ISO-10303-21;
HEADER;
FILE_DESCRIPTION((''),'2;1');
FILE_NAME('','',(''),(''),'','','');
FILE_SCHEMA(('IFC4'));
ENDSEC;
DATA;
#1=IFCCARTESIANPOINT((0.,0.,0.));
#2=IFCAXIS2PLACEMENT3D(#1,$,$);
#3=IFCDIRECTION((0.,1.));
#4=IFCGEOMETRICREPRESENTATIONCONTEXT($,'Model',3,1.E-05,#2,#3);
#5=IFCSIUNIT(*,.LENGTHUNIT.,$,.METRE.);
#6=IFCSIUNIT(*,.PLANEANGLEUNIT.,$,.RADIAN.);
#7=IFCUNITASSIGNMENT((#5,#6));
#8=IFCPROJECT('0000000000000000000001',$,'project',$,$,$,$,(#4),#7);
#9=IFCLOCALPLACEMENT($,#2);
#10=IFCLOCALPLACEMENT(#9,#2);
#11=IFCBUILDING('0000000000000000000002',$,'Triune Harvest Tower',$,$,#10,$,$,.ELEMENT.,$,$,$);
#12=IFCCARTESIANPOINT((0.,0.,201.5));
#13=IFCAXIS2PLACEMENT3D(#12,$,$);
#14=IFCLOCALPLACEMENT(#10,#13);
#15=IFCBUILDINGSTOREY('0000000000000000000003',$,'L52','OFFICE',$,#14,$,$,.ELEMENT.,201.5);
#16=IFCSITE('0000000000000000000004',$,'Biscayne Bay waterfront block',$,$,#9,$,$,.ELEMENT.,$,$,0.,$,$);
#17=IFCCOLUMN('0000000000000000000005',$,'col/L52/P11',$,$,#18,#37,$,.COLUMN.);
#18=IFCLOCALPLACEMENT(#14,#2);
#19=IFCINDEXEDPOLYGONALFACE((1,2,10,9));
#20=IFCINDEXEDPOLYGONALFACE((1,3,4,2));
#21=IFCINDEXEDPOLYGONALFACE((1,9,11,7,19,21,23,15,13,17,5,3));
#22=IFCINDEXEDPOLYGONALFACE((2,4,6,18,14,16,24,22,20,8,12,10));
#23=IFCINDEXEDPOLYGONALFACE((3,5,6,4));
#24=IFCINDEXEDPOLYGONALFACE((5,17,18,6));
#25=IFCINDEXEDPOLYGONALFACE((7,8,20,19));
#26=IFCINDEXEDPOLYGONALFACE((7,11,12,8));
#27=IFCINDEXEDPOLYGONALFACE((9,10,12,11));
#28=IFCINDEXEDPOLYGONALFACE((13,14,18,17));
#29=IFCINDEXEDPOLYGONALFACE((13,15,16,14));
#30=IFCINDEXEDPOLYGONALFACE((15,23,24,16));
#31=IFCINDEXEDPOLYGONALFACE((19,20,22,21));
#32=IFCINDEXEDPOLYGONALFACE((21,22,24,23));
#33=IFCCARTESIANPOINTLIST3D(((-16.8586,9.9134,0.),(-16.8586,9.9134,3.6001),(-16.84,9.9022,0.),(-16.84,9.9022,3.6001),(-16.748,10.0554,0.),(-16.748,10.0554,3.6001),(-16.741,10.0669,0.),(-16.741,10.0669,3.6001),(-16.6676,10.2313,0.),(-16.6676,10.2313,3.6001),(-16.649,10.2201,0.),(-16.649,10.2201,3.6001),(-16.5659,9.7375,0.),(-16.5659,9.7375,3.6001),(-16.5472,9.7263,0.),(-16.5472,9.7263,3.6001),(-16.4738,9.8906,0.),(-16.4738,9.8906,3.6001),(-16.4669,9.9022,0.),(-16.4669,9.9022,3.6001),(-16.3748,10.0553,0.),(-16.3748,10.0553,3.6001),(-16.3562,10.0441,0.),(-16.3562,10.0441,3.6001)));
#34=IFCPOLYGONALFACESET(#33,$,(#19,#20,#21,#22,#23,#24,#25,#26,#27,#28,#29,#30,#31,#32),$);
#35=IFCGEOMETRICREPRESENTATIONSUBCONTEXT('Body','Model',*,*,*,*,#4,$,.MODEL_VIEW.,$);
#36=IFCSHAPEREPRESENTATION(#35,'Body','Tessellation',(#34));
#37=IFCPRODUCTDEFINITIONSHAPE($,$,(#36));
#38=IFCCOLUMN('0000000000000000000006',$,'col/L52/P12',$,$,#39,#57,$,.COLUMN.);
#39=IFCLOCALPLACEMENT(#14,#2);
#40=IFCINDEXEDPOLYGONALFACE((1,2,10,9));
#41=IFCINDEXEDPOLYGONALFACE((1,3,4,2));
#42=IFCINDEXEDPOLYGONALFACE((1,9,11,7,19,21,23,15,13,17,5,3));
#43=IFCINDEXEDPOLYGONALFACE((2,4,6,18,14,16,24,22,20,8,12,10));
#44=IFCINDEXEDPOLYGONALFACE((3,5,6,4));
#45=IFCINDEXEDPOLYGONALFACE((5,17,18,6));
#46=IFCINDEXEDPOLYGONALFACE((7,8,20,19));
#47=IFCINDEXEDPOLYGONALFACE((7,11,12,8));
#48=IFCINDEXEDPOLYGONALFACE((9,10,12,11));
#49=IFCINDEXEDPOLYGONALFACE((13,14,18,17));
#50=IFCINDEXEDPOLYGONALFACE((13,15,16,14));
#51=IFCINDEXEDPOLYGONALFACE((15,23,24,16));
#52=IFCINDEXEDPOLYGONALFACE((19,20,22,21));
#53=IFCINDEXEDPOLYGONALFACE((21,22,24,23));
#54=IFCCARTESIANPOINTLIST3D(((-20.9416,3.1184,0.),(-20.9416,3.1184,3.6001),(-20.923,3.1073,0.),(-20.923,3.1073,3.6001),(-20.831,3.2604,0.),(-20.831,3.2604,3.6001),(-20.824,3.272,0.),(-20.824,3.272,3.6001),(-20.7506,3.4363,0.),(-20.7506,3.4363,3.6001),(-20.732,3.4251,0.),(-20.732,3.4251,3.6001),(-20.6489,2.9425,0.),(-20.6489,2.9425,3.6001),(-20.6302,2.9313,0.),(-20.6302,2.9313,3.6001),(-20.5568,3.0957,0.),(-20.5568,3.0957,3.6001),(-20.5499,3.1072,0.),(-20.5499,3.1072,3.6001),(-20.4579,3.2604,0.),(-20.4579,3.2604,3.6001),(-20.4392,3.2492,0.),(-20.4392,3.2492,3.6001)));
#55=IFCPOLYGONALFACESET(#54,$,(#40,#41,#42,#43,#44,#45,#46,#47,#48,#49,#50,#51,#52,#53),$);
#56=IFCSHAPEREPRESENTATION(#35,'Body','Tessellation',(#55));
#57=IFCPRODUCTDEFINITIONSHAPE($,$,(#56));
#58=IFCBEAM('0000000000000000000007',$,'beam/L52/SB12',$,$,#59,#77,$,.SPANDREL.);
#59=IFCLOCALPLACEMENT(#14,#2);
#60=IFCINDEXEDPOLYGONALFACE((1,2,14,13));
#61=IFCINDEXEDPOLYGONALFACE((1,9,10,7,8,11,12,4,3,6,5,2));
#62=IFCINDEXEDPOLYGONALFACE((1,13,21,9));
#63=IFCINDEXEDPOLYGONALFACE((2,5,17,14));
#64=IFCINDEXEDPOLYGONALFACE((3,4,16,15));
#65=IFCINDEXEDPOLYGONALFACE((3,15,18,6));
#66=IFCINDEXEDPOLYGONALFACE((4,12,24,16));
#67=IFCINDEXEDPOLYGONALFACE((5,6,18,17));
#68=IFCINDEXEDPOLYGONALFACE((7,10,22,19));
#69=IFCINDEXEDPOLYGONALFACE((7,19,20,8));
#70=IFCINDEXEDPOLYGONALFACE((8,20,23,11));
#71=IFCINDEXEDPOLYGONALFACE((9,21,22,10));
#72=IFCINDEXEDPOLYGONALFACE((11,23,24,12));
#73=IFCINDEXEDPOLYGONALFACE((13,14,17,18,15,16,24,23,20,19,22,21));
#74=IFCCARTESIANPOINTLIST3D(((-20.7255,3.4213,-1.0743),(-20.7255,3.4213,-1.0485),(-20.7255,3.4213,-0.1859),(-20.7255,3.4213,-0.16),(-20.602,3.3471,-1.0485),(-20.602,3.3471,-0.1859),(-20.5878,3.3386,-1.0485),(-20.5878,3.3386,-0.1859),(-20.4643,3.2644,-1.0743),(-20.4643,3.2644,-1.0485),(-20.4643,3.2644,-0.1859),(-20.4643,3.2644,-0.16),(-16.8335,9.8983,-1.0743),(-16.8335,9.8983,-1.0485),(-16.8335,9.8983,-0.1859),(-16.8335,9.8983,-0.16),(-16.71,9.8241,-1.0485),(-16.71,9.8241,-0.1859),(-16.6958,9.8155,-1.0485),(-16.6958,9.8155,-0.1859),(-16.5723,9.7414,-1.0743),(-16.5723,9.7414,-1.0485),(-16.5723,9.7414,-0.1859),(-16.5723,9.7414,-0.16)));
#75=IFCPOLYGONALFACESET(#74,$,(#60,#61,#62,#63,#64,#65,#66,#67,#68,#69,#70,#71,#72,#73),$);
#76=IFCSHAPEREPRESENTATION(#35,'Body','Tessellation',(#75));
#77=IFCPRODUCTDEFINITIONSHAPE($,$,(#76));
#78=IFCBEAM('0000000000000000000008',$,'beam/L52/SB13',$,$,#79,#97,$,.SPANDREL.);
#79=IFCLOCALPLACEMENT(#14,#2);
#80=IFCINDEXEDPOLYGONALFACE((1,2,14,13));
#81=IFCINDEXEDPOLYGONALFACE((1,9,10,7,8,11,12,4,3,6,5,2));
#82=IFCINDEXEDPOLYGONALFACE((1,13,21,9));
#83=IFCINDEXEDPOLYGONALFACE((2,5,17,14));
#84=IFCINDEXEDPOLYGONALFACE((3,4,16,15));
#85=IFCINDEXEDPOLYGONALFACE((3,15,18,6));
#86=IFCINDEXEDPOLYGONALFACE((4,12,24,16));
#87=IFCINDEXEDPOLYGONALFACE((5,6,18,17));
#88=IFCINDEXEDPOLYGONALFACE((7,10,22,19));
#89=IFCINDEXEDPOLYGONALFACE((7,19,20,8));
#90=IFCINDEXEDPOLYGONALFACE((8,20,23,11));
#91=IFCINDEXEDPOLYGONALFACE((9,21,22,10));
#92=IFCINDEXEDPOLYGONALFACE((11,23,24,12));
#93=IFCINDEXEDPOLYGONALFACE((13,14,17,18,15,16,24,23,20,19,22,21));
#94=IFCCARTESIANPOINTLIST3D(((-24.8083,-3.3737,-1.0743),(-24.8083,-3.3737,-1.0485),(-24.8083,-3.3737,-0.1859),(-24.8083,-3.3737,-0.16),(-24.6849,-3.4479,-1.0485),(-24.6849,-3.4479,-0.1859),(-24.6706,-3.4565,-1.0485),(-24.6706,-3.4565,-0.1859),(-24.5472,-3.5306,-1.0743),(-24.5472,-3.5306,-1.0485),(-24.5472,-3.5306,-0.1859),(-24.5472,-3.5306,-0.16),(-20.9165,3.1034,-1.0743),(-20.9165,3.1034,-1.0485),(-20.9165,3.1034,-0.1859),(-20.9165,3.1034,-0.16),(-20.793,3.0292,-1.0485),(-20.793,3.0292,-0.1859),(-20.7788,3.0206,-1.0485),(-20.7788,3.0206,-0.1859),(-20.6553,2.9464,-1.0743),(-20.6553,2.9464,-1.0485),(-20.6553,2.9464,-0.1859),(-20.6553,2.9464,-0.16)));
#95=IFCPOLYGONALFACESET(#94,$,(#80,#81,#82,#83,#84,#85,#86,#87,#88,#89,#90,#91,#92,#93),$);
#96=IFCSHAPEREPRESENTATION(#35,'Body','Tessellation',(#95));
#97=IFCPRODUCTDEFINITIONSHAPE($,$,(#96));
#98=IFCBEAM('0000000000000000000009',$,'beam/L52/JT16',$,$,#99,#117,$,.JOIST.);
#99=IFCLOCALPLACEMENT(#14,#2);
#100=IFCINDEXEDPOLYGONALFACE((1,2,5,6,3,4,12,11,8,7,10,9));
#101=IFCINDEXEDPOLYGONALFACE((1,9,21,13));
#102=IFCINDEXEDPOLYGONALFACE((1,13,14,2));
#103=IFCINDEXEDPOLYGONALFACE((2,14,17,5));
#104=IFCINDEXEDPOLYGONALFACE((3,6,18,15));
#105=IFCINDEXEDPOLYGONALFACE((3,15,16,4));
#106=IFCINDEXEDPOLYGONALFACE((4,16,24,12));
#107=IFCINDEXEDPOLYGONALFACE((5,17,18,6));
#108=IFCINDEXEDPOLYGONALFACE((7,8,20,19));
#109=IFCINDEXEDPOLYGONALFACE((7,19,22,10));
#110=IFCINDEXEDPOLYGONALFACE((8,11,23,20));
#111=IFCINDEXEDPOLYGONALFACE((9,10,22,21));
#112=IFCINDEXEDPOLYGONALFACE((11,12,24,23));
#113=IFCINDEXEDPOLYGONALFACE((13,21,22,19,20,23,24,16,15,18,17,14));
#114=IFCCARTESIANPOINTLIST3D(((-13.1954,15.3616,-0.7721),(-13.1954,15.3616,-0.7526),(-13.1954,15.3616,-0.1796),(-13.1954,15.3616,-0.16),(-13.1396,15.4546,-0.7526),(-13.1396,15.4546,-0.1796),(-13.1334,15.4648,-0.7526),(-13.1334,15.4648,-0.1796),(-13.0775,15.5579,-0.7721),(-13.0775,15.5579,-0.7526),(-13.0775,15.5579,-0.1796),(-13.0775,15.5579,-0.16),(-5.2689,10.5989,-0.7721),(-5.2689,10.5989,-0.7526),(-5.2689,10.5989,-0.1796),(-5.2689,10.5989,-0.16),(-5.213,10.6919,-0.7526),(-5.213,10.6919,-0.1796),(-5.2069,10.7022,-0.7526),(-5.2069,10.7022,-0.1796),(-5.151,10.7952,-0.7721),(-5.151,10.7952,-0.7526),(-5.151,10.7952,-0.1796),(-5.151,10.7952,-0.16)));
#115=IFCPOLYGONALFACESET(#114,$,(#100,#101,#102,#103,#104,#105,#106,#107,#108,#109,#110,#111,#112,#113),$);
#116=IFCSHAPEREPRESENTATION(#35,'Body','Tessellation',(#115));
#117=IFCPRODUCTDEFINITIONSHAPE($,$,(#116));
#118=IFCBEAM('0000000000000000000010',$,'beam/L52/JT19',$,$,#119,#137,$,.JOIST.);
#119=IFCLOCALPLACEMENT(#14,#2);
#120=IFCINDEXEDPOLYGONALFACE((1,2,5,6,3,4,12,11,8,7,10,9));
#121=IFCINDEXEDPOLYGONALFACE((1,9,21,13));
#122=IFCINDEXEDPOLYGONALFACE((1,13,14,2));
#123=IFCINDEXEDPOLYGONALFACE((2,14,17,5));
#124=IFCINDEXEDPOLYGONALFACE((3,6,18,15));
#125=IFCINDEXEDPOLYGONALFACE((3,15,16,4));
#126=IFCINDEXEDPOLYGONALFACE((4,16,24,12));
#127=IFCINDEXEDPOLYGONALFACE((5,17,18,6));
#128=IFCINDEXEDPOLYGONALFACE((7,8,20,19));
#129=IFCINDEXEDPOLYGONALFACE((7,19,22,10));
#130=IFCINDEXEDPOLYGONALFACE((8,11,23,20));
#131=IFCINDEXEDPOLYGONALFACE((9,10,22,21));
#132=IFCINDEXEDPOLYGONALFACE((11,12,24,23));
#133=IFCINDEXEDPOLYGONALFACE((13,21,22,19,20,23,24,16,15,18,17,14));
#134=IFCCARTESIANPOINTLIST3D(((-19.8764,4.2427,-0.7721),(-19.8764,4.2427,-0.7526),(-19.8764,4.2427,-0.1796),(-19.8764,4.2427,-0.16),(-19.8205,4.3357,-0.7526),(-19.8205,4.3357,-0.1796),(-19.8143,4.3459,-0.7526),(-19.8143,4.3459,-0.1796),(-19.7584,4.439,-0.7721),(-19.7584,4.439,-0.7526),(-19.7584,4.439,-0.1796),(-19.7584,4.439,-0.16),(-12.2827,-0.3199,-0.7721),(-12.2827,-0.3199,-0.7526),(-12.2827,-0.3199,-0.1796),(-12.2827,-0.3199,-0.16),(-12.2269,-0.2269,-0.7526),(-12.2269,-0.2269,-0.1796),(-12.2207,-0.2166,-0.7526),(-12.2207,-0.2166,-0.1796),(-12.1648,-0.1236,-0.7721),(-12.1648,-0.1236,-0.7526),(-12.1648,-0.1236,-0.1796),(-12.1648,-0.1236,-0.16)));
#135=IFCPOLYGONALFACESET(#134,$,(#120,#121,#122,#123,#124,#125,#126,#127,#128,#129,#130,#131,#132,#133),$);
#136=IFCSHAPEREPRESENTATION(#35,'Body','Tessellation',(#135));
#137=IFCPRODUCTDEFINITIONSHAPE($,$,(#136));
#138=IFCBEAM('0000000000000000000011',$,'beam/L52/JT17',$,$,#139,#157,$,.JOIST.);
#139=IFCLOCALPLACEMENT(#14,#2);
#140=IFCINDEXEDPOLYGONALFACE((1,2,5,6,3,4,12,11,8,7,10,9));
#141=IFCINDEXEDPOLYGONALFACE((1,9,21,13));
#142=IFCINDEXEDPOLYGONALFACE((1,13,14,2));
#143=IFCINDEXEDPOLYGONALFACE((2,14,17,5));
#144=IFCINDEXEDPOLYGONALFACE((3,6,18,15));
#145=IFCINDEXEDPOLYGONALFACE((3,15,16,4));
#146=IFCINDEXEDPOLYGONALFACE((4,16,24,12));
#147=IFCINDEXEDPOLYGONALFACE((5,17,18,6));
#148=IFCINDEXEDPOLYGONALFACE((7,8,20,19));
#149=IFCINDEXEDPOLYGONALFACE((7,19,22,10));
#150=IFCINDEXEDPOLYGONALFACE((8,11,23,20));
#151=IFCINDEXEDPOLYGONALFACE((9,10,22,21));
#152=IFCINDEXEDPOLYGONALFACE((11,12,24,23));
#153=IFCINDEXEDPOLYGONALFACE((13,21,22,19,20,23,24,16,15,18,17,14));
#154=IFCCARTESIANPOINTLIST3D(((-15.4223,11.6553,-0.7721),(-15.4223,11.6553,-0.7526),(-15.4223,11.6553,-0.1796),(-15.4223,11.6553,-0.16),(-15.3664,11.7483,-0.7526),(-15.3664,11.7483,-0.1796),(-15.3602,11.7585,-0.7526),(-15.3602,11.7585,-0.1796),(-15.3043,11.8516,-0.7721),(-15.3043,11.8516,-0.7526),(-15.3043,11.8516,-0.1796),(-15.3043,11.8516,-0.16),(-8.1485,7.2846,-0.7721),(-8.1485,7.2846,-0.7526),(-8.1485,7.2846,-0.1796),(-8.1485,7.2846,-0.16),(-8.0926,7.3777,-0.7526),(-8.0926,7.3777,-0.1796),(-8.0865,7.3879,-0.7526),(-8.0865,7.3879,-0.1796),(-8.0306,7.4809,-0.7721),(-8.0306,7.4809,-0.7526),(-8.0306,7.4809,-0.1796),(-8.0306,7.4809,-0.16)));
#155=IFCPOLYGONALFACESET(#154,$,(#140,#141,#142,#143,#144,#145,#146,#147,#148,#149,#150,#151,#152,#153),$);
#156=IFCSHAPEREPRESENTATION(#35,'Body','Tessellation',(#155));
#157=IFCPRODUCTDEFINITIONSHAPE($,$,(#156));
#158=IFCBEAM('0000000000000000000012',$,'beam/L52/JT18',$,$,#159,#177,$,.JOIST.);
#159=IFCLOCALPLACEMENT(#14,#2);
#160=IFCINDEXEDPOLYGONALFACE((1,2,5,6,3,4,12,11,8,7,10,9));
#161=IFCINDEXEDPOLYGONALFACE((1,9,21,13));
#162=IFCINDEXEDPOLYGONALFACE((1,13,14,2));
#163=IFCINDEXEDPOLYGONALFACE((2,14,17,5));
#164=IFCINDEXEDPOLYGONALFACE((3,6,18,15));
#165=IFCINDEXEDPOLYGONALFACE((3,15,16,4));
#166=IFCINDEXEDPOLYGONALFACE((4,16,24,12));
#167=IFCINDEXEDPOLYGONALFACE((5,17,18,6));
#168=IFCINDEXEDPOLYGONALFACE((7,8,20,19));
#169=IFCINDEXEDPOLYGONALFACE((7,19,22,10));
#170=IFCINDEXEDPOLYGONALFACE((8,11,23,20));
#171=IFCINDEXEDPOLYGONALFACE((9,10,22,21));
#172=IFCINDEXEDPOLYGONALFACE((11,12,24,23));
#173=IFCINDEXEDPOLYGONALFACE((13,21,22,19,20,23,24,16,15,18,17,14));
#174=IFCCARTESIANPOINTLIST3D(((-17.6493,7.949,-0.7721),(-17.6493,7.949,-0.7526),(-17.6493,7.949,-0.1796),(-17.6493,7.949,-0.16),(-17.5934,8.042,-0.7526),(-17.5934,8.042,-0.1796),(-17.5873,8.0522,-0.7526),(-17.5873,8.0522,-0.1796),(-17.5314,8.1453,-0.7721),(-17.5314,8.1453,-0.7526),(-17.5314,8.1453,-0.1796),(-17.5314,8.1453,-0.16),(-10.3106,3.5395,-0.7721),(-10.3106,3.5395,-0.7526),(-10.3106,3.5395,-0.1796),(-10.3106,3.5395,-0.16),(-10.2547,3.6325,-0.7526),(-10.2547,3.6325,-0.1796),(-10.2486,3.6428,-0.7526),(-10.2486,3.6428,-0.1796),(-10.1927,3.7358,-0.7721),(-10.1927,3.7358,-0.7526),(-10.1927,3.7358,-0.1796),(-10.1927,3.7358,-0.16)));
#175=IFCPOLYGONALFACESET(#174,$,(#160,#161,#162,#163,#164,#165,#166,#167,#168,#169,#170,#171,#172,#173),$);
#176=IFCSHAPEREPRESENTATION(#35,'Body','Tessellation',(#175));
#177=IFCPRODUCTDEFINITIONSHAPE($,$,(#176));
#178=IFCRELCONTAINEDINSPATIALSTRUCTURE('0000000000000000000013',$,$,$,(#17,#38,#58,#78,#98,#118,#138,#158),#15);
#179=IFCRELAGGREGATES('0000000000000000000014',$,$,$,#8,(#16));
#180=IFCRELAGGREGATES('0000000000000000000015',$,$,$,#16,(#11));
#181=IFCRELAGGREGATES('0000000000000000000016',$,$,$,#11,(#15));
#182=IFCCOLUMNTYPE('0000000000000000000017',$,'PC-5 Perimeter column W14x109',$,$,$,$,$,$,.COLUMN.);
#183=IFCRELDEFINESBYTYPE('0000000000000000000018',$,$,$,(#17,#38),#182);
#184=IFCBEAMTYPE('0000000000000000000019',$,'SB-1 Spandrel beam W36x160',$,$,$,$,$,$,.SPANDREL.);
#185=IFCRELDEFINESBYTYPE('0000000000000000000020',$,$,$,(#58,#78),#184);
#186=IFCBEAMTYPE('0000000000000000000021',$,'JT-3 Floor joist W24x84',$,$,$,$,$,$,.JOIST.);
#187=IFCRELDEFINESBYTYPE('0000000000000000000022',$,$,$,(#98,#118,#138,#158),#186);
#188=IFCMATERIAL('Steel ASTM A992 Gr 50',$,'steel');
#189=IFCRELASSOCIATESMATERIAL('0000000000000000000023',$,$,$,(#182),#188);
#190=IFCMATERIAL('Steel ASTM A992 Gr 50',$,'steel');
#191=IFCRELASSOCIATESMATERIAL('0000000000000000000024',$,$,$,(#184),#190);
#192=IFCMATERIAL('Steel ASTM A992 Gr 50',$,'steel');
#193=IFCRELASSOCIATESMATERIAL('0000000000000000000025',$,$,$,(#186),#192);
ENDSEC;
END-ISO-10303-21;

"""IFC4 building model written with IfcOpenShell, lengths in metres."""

from ifc_helpers import new_model, si_unit, direction, frame, origin, origin_2d, place, context, subcontext, project, spatial, i_section, extrude, source, transform, mapped, material, material_profile, profile_set, type_object, element, save


model = new_model("IFC4")

# Units and contexts
model_context = context("Model", 3, precision=1e-05, world=origin(), true_north=direction((0.0, 1.0)))
body_context = subcontext(model_context, "Body", "Model", "MODEL_VIEW")
ifc_project = project(units=[si_unit("LENGTHUNIT", "METRE"), si_unit("PLANEANGLEUNIT", "RADIAN")], contexts=[model_context])

# Site, building, storey
site_placement = place(None, origin())
site = spatial("IfcSite", under=ifc_project, at=site_placement, Name="Biscayne Bay waterfront block", CompositionType="ELEMENT", RefElevation=0.0)
building_placement = place(site_placement, origin())
building = spatial("IfcBuilding", under=site, at=building_placement, Name="Triune Harvest Tower", CompositionType="ELEMENT")
storey_placement = place(building_placement, frame((0.0, 0.0, 201.5)))
storey = spatial("IfcBuildingStorey", under=building, at=storey_placement, Name="L52", Description="OFFICE", CompositionType="ELEMENT", Elevation=201.5)

# Columns
ifc_material_1 = material(Name="Steel ASTM A992 Gr 50", Category="steel")
ifc_material_profile_1 = material_profile(ifc_material_1, i_section(OverallWidth=0.3708, OverallDepth=0.3633, WebThickness=0.0134, FlangeThickness=0.0217, at=origin_2d()), Name="W14x109")
ifc_profile_set_1 = profile_set([ifc_material_profile_1], Name="Steel ASTM A992 Gr 50")
column_type = type_object("IfcColumnType", Name="PC-5 Perimeter column W14x109", PredefinedType="COLUMN", material=ifc_profile_set_1)
shared_shape_1 = source(origin(), body_context, "Body", "SweptSolid", [
    extrude(i_section(OverallWidth=0.3708, OverallDepth=0.3633, WebThickness=0.0134, FlangeThickness=0.0217, at=origin_2d()), origin(), (0.0, 0.0, 1.0), 3.6001),
])
for number, where, z_axis, x_axis, name in (
    (1, (-16.6074, 9.9788, 0.0), (0.0, 0.0, 1.0), (-0.515037, -0.857168, 0.0), "col/L52/P11"),
    (2, (-20.6904, 3.1838, 0.0), (0.0, 0.0, 1.0), (-0.515037, -0.857168, 0.0), "col/L52/P12"),
):
    element("IfcColumn", number, at=place(storey_placement, frame(where, z_axis=z_axis, x_axis=x_axis)), inside=storey, type_object=column_type, Name=name, PredefinedType="COLUMN", context=body_context, shape_type="MappedRepresentation", body=[
        mapped(shared_shape_1, transform((0.0, 0.0, 0.0), scale=1.0)),
    ])

# Beams
ifc_material_2 = material(Name="Steel ASTM A992 Gr 50", Category="steel")
ifc_material_profile_2 = material_profile(ifc_material_2, i_section(OverallWidth=0.3047, OverallDepth=0.9143, WebThickness=0.0166, FlangeThickness=0.0259, at=origin_2d()), Name="W36x160")
ifc_profile_set_2 = profile_set([ifc_material_profile_2], Name="Steel ASTM A992 Gr 50")
beam_type_1 = type_object("IfcBeamType", Name="SB-1 Spandrel beam W36x160", PredefinedType="SPANDREL", material=ifc_profile_set_2)
shared_shape_2 = source(origin(), body_context, "Body", "SweptSolid", [
    extrude(i_section(OverallWidth=0.3047, OverallDepth=0.9143, WebThickness=0.0166, FlangeThickness=0.0259, at=origin_2d()), origin(), (0.0, 0.0, 1.0), 7.5564),
])
for number, where, z_axis, x_axis, name in (
    (3, (-16.7029, 9.8198, -0.6172), (-0.515066, -0.857151, 0.0), (0.857151, -0.515066, 0.0), "beam/L52/SB12"),
    (4, (-20.7859, 3.0249, -0.6172), (-0.515042, -0.857165, 0.0), (0.857165, -0.515042, 0.0), "beam/L52/SB13"),
):
    element("IfcBeam", number, at=place(storey_placement, frame(where, z_axis=z_axis, x_axis=x_axis)), inside=storey, type_object=beam_type_1, Name=name, PredefinedType="SPANDREL", context=body_context, shape_type="MappedRepresentation", body=[
        mapped(shared_shape_2, transform((0.0, 0.0, 0.0), scale=1.0)),
    ])
ifc_material_3 = material(Name="Steel ASTM A992 Gr 50", Category="steel")
ifc_material_profile_3 = material_profile(ifc_material_3, i_section(OverallWidth=0.229, OverallDepth=0.6121, WebThickness=0.012, FlangeThickness=0.0195, at=origin_2d()), Name="W24x84")
ifc_profile_set_3 = profile_set([ifc_material_profile_3], Name="Steel ASTM A992 Gr 50")
beam_type_2 = type_object("IfcBeamType", Name="JT-3 Floor joist W24x84", PredefinedType="JOIST", material=ifc_profile_set_3)
shared_shape_3 = source(origin(), body_context, "Body", "SweptSolid", [
    extrude(i_section(OverallWidth=0.229, OverallDepth=0.6121, WebThickness=0.012, FlangeThickness=0.0195, at=origin_2d()), origin(), (0.0, 0.0, 1.0), 9.2473),
])
beam_1_placement = place(storey_placement, frame((-13.1365, 15.4597, -0.4661), z_axis=(0.857169, -0.515035, 0.0), x_axis=(0.515035, 0.857169, 0.0)))
element("IfcBeam", 5, at=beam_1_placement, inside=storey, type_object=beam_type_2, Name="beam/L52/JT16", PredefinedType="JOIST", context=body_context, shape_type="MappedRepresentation", body=[
    mapped(shared_shape_3, transform((0.0, 0.0, 0.0), scale=1.0)),
])
shared_shape_4 = source(origin(), body_context, "Body", "SweptSolid", [
    extrude(i_section(OverallWidth=0.229, OverallDepth=0.6121, WebThickness=0.012, FlangeThickness=0.0195, at=origin_2d()), origin(), (0.0, 0.0, 1.0), 8.8589),
])
beam_2_placement = place(storey_placement, frame((-19.8174, 4.3408, -0.4661), z_axis=(0.857174, -0.515027, 0.0), x_axis=(0.515027, 0.857174, 0.0)))
element("IfcBeam", 6, at=beam_2_placement, inside=storey, type_object=beam_type_2, Name="beam/L52/JT19", PredefinedType="JOIST", context=body_context, shape_type="MappedRepresentation", body=[
    mapped(shared_shape_4, transform((0.0, 0.0, 0.0), scale=1.0)),
])
shared_shape_5 = source(origin(), body_context, "Body", "SweptSolid", [
    extrude(i_section(OverallWidth=0.229, OverallDepth=0.6121, WebThickness=0.012, FlangeThickness=0.0195, at=origin_2d()), origin(), (0.0, 0.0, 1.0), 8.4858),
])
beam_3_placement = place(storey_placement, frame((-15.3633, 11.7534, -0.4661), z_axis=(0.85716, -0.51505, 0.0), x_axis=(0.51505, 0.85716, 0.0)))
element("IfcBeam", 7, at=beam_3_placement, inside=storey, type_object=beam_type_2, Name="beam/L52/JT17", PredefinedType="JOIST", context=body_context, shape_type="MappedRepresentation", body=[
    mapped(shared_shape_5, transform((0.0, 0.0, 0.0), scale=1.0)),
])
shared_shape_6 = source(origin(), body_context, "Body", "SweptSolid", [
    extrude(i_section(OverallWidth=0.229, OverallDepth=0.6121, WebThickness=0.012, FlangeThickness=0.0195, at=origin_2d()), origin(), (0.0, 0.0, 1.0), 8.5615),
])
beam_4_placement = place(storey_placement, frame((-17.5903, 8.0471, -0.4661), z_axis=(0.857171, -0.515032, 0.0), x_axis=(0.515032, 0.857171, 0.0)))
element("IfcBeam", 8, at=beam_4_placement, inside=storey, type_object=beam_type_2, Name="beam/L52/JT18", PredefinedType="JOIST", context=body_context, shape_type="MappedRepresentation", body=[
    mapped(shared_shape_6, transform((0.0, 0.0, 0.0), scale=1.0)),
])

save(model, "model.ifc")
